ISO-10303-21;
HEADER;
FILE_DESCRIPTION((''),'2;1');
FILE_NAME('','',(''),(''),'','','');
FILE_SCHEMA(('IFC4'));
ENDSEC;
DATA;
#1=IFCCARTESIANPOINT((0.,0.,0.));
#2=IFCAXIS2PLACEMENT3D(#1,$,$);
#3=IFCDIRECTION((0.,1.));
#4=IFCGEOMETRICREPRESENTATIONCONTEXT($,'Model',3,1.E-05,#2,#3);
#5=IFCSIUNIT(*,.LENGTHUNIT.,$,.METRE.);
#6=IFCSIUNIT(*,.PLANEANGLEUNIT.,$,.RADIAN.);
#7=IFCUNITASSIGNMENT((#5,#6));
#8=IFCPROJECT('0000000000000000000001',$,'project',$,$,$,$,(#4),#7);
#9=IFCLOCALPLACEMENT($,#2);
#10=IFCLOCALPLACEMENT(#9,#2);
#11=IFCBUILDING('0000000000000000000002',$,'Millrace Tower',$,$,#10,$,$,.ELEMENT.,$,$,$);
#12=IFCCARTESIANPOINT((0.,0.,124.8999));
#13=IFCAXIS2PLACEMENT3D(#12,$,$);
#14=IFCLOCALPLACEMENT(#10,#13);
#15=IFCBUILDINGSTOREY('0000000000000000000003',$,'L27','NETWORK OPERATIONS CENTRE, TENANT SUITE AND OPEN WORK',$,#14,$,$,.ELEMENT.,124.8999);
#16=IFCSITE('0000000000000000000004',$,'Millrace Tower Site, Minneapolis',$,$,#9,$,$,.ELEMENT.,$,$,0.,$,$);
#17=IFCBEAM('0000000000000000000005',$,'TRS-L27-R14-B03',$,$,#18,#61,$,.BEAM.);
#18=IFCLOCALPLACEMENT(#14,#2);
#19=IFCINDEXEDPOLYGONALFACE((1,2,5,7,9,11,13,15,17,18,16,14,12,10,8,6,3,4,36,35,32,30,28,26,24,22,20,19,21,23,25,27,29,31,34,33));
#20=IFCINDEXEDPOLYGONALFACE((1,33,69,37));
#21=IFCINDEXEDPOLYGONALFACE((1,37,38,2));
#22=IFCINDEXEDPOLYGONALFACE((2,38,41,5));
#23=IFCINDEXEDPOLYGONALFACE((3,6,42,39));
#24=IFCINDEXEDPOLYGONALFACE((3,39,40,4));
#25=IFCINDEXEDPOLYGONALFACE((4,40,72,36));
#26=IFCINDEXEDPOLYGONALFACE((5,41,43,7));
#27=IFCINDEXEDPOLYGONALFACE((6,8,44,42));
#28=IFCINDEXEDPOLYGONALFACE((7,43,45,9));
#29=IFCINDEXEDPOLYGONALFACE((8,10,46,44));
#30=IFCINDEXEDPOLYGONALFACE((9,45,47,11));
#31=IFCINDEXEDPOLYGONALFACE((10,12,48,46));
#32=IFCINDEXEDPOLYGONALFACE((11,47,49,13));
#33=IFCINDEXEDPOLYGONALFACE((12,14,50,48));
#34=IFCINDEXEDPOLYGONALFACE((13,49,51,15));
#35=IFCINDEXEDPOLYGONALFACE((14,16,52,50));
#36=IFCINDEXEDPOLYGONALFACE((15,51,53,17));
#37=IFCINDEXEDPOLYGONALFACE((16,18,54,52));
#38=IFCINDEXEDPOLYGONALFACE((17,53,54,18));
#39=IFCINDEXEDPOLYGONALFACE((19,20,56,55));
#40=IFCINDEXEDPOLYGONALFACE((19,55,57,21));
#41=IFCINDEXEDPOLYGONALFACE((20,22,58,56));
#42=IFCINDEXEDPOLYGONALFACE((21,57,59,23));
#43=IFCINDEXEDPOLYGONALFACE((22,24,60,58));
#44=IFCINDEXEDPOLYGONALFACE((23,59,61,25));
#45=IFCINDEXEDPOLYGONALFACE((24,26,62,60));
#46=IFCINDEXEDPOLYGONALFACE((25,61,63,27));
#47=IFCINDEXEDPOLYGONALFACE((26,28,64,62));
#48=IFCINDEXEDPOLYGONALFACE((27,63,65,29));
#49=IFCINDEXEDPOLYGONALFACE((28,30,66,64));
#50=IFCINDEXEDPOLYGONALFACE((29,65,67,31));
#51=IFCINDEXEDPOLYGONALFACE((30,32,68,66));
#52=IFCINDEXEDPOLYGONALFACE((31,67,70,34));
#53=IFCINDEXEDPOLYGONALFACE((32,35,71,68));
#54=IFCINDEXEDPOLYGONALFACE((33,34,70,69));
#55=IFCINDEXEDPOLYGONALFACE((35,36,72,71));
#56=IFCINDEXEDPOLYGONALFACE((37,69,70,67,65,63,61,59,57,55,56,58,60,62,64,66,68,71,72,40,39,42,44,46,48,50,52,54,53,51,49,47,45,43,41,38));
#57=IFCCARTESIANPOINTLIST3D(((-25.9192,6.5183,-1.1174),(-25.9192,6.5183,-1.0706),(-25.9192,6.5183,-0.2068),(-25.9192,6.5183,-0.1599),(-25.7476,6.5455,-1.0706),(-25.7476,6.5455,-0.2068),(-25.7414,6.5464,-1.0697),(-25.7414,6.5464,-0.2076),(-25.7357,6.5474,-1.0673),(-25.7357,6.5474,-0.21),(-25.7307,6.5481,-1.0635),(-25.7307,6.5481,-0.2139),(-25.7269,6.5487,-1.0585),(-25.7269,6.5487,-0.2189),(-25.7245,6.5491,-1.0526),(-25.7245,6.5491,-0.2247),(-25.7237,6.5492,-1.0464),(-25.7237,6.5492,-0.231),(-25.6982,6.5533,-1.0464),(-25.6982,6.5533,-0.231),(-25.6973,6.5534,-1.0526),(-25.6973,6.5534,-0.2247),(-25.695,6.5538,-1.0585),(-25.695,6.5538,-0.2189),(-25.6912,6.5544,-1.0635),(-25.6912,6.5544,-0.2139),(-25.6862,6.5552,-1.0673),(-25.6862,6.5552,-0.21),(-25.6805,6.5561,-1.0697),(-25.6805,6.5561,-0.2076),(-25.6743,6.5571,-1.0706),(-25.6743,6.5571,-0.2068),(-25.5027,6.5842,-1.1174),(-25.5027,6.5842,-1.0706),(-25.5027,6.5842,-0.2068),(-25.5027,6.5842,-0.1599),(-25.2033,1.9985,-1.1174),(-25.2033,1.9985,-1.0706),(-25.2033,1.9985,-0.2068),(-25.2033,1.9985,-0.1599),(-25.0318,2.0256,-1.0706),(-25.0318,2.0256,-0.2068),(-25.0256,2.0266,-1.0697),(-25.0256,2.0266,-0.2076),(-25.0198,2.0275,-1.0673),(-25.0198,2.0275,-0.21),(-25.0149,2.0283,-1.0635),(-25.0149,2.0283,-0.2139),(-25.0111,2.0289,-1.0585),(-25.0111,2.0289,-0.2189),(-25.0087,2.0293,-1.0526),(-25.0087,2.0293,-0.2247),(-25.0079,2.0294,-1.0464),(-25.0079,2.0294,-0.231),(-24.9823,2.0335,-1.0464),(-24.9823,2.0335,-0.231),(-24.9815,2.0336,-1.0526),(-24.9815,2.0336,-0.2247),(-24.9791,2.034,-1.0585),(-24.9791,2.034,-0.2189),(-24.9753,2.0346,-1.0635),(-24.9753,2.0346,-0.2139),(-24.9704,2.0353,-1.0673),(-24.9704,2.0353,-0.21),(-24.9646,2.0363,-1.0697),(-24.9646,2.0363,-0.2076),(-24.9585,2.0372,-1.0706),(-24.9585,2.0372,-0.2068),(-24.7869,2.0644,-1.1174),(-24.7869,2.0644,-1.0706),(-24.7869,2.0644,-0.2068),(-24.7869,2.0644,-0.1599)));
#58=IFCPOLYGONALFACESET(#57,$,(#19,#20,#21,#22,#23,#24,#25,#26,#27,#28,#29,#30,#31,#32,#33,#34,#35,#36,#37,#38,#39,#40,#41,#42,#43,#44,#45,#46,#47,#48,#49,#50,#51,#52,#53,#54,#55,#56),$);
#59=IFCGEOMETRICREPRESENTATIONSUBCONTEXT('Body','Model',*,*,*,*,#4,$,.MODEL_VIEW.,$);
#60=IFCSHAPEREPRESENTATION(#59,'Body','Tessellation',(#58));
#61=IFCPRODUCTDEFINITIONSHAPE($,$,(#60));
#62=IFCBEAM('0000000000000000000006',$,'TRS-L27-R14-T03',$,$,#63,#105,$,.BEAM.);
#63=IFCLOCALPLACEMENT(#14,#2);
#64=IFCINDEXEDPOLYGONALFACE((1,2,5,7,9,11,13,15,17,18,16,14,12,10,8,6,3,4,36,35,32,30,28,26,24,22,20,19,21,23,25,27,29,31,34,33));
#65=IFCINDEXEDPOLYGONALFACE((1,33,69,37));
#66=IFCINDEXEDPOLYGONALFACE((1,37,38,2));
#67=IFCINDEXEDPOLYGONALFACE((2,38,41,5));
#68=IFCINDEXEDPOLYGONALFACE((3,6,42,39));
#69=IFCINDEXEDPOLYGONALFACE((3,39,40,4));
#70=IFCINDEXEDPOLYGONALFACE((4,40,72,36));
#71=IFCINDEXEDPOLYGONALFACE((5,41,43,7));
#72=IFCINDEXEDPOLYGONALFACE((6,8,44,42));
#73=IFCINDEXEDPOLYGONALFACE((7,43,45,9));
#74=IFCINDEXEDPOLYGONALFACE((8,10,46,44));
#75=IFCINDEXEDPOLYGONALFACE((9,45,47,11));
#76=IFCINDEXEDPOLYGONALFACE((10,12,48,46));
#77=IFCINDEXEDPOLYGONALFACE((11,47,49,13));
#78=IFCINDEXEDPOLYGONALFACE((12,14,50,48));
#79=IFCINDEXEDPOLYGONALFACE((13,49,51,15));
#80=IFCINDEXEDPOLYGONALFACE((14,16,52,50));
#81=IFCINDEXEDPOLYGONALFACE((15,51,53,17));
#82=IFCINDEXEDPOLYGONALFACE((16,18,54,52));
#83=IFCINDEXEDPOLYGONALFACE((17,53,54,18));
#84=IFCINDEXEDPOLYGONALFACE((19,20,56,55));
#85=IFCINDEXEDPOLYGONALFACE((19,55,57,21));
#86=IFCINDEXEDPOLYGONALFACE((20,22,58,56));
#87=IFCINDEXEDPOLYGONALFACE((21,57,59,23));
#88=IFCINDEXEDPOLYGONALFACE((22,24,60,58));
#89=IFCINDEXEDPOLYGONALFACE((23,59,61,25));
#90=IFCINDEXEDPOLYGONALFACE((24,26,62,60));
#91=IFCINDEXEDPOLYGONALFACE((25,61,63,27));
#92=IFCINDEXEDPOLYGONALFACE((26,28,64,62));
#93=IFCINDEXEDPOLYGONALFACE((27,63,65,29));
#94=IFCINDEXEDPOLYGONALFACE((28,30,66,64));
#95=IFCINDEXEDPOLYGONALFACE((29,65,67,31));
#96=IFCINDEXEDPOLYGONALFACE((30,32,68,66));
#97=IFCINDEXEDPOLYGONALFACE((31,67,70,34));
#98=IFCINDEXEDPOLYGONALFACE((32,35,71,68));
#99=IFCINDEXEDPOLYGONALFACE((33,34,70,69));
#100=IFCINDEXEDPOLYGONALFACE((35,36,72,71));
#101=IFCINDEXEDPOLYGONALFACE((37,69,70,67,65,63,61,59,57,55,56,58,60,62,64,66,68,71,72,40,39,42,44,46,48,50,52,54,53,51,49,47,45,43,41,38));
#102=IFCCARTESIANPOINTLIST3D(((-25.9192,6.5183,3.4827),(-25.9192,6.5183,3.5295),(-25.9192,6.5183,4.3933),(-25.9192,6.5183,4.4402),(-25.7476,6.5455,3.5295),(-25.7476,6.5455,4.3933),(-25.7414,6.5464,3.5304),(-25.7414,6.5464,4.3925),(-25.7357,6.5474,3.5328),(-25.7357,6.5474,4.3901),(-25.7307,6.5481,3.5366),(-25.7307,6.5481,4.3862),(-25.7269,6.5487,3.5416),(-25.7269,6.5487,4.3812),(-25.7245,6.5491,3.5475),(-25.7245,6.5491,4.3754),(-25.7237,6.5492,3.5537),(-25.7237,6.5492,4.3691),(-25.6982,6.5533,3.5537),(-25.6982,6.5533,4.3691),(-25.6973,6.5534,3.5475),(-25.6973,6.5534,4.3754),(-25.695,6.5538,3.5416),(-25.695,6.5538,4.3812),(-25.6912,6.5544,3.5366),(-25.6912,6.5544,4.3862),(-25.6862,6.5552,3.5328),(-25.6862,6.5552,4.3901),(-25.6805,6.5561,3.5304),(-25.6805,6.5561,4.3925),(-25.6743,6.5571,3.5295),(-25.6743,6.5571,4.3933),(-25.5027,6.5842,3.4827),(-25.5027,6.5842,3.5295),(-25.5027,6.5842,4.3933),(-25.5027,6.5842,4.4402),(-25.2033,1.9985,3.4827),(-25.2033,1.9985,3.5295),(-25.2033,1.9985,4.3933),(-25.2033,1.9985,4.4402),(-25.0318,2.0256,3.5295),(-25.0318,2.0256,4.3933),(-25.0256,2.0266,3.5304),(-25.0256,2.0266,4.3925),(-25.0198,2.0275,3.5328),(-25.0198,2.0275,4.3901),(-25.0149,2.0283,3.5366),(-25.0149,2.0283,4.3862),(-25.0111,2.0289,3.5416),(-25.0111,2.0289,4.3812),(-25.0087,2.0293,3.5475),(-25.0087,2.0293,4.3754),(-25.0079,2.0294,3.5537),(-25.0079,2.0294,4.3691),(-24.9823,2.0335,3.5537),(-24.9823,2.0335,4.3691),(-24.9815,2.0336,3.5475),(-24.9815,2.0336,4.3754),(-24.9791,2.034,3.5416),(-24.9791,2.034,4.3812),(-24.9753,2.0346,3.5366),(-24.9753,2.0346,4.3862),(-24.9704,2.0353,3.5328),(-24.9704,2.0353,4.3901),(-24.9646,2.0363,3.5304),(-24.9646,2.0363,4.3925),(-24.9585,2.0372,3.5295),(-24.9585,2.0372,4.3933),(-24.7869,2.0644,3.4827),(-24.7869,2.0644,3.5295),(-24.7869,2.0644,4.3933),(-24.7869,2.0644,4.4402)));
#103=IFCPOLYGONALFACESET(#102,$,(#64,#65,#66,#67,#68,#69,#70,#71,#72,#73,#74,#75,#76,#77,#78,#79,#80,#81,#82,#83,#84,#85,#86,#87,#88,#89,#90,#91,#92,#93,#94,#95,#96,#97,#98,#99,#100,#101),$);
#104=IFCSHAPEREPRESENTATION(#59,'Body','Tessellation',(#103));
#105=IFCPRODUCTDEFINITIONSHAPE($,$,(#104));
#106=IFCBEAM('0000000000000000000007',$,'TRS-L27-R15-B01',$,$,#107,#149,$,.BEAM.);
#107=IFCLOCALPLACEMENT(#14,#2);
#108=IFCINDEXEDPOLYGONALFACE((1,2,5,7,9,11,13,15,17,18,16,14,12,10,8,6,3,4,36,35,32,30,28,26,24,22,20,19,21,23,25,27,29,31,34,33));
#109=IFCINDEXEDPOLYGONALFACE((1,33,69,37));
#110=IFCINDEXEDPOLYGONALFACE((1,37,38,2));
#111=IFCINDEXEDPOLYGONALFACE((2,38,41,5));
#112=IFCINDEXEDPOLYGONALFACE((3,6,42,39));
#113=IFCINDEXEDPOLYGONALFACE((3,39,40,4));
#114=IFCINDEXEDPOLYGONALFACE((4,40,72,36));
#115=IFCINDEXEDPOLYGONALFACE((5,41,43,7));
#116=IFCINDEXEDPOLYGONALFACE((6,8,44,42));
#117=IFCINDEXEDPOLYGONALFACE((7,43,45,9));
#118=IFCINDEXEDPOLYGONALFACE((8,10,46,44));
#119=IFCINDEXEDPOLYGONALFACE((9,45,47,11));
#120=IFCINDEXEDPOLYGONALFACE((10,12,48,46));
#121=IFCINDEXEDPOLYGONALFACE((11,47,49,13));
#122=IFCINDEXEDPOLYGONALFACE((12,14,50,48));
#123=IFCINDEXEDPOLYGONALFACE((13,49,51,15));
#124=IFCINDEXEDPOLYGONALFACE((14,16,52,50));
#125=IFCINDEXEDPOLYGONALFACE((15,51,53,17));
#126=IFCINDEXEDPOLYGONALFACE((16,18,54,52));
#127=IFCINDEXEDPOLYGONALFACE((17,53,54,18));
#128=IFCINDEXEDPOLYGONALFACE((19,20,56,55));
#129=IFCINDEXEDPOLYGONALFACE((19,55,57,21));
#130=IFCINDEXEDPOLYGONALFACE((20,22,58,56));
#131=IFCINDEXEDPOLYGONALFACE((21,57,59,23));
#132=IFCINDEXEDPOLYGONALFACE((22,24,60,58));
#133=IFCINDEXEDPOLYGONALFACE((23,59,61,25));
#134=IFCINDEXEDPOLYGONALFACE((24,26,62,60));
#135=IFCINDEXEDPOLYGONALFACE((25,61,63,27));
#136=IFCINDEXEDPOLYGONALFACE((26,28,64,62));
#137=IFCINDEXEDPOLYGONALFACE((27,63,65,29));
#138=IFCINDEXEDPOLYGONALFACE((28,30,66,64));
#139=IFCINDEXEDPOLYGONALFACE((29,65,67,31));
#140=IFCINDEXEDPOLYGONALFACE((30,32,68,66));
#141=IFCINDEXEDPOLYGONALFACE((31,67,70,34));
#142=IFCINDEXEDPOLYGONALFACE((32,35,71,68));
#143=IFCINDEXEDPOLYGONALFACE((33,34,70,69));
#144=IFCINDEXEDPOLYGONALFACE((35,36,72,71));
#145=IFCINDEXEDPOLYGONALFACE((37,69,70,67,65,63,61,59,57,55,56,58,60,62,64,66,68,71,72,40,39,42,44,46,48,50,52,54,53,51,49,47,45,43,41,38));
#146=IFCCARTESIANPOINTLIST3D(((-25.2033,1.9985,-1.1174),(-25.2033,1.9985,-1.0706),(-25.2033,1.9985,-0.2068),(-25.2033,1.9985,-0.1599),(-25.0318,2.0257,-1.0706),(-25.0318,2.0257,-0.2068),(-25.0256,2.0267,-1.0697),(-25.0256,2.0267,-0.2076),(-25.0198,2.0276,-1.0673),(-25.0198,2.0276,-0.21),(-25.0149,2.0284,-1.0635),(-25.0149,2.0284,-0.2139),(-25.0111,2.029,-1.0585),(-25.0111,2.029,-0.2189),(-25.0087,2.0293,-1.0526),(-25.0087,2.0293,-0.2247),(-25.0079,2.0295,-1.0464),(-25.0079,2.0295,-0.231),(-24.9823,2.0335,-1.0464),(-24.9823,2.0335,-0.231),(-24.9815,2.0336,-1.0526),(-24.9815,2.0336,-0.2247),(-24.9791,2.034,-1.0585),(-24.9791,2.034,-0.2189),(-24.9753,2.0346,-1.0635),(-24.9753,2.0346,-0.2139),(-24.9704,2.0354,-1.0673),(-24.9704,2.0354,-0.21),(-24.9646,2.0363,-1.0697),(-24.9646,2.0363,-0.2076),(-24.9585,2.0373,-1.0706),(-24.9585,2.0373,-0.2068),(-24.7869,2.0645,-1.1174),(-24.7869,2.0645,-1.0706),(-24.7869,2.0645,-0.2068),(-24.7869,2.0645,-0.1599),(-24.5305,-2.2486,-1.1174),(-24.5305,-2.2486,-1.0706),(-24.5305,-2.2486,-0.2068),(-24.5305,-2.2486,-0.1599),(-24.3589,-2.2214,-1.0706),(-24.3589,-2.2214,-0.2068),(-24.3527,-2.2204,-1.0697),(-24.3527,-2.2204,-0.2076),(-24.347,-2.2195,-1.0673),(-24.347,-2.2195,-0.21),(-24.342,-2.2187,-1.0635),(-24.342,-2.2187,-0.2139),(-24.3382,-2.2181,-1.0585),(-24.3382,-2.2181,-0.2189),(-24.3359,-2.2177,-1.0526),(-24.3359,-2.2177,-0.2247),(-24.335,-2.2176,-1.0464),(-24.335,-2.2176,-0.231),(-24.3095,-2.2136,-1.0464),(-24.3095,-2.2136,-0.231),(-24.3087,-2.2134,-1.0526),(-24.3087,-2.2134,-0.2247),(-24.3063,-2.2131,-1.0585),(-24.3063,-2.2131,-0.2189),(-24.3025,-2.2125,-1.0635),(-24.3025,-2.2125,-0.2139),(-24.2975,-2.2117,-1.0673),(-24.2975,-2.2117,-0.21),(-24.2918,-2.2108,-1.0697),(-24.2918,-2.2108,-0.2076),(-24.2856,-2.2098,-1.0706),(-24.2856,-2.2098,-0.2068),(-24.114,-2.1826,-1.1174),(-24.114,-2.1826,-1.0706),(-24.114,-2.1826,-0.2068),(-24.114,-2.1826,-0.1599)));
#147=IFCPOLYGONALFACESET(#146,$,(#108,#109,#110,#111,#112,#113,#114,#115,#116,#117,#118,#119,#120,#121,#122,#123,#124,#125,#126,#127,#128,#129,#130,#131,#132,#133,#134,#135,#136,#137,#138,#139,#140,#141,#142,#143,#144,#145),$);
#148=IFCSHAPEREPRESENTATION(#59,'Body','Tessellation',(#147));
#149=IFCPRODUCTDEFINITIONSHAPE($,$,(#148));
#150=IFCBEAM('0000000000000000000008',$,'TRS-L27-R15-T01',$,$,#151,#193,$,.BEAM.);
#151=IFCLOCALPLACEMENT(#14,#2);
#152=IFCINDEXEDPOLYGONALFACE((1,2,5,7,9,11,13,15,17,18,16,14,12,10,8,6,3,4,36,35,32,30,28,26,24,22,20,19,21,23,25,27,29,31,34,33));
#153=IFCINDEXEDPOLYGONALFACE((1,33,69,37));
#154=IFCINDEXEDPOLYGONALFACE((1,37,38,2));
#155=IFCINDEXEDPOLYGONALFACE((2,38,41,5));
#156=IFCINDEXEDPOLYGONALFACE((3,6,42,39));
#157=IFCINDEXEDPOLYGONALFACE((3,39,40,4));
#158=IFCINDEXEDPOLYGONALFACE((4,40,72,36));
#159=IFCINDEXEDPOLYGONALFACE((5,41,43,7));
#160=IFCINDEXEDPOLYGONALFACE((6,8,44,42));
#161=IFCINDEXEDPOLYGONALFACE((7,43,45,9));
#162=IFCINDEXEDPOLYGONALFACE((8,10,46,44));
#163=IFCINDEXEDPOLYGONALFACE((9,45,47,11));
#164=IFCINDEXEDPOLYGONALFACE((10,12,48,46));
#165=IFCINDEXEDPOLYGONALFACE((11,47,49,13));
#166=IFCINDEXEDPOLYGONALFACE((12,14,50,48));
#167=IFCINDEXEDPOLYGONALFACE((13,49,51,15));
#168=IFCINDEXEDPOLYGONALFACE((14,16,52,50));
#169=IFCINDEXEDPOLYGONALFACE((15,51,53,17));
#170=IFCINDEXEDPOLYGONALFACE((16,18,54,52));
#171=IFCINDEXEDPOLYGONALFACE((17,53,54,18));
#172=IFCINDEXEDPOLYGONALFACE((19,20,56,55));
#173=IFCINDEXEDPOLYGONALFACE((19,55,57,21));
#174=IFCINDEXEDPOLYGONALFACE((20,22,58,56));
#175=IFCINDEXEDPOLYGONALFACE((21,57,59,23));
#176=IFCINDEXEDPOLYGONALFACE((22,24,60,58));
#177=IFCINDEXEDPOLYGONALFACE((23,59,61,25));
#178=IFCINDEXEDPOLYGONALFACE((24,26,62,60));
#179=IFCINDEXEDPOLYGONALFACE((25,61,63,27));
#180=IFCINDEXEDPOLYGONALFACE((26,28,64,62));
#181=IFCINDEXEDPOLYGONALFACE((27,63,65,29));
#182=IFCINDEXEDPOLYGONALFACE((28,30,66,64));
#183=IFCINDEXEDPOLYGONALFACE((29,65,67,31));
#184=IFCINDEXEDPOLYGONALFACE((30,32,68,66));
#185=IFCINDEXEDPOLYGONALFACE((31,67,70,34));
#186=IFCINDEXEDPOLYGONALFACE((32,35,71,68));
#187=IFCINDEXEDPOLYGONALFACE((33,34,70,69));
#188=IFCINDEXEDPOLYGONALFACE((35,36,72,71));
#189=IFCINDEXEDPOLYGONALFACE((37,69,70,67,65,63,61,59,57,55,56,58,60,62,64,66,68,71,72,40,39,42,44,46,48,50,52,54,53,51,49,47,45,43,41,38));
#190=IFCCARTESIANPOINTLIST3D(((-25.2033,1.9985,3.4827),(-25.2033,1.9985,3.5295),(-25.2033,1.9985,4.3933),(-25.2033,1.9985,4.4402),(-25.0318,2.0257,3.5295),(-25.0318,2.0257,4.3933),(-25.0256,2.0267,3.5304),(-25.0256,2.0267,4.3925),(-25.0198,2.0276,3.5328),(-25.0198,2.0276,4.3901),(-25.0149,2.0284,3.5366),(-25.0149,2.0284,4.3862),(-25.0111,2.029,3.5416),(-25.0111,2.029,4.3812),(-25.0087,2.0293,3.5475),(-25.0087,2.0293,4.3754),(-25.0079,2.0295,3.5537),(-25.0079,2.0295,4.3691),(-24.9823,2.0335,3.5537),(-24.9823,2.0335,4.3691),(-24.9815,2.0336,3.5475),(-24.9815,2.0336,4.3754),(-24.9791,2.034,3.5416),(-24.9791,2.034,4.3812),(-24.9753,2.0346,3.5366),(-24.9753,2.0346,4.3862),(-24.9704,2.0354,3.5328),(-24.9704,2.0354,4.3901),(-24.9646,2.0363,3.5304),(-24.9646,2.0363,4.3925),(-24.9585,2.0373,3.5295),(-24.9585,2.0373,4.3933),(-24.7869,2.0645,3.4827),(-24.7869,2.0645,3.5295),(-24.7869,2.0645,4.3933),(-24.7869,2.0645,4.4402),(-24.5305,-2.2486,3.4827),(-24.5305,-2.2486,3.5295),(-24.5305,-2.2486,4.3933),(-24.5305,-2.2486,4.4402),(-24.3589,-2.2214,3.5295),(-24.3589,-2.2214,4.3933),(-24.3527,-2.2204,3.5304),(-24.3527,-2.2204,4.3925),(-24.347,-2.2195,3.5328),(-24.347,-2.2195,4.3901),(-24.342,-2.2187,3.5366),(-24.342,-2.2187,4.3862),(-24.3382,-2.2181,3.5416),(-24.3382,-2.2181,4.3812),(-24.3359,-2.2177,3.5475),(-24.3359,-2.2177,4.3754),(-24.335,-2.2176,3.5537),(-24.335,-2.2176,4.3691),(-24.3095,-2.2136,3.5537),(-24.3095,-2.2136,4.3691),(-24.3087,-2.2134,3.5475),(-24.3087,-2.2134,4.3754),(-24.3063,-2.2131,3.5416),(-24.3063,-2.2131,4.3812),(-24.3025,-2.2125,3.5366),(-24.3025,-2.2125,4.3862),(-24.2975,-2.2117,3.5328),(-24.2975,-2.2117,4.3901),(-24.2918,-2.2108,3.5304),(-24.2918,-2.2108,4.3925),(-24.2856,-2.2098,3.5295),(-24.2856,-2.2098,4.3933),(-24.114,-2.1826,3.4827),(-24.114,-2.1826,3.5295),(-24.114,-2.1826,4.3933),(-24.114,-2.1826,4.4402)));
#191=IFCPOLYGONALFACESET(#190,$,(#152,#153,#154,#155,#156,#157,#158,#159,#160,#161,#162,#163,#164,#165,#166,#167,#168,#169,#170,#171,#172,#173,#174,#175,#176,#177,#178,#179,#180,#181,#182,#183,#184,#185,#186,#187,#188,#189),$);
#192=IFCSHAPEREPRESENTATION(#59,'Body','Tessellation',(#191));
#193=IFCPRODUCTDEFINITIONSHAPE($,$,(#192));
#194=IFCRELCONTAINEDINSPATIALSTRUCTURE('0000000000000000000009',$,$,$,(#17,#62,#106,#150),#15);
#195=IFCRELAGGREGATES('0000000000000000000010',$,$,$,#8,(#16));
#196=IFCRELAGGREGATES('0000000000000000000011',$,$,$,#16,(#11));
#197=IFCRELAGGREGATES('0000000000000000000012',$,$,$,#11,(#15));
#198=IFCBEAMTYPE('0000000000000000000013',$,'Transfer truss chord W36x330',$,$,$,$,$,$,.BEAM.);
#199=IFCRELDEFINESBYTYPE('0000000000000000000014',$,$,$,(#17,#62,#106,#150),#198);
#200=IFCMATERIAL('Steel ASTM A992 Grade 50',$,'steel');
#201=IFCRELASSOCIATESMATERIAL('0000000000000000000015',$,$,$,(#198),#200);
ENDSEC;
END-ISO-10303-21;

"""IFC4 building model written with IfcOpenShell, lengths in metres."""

from ifc_helpers import new_model, si_unit, direction, frame, origin, origin_2d, place, context, subcontext, project, spatial, i_section, extrude, material, material_profile, profile_set, type_object, element, save


model = new_model("IFC4")

# Units and contexts
model_context = context("Model", 3, precision=1e-05, world=origin(), true_north=direction((0.0, 1.0)))
body_context = subcontext(model_context, "Body", "Model", "MODEL_VIEW")
ifc_project = project(units=[si_unit("LENGTHUNIT", "METRE"), si_unit("PLANEANGLEUNIT", "RADIAN")], contexts=[model_context])

# Site, building, storey
site_placement = place(None, origin())
site = spatial("IfcSite", under=ifc_project, at=site_placement, Name="Millrace Tower Site, Minneapolis", CompositionType="ELEMENT", RefElevation=0.0)
building_placement = place(site_placement, origin())
building = spatial("IfcBuilding", under=site, at=building_placement, Name="Millrace Tower", CompositionType="ELEMENT")
storey_placement = place(building_placement, frame((0.0, 0.0, 124.8999)))
storey = spatial("IfcBuildingStorey", under=building, at=storey_placement, Name="L27", Description="NETWORK OPERATIONS CENTRE, TENANT SUITE AND OPEN WORK", CompositionType="ELEMENT", Elevation=124.8999)

# Beams
ifc_material_1 = material(Name="Steel ASTM A992 Grade 50", Category="steel")
ifc_material_profile_1 = material_profile(ifc_material_1, i_section(OverallWidth=0.4216, OverallDepth=0.9575, WebThickness=0.0259, FlangeThickness=0.0469, FilletRadius=0.0242, at=origin_2d()))
ifc_profile_set_1 = profile_set([ifc_material_profile_1], Name="Steel ASTM A992 Grade 50")
beam_type_1 = type_object("IfcBeamType", Name="Transfer truss chord W36x330", PredefinedType="BEAM", material=ifc_profile_set_1)
for number, where, z_axis, x_axis, name in (
    (1, (-25.7109, 6.5513, -0.6387), (0.156426, -0.98769, 0.0), (0.98769, 0.156426, 0.0), "TRS-L27-R14-B03"),
    (2, (-25.7109, 6.5513, 3.9614), (0.156426, -0.98769, 0.0), (0.98769, 0.156426, 0.0), "TRS-L27-R14-T03"),
):
    element("IfcBeam", number, at=place(storey_placement, frame(where, z_axis=z_axis, x_axis=x_axis)), inside=storey, type_object=beam_type_1, Name=name, PredefinedType="BEAM", context=body_context, shape_type="SweptSolid", body=[
        extrude(i_section(OverallWidth=0.4216, OverallDepth=0.9575, WebThickness=0.0259, FlangeThickness=0.0469, FilletRadius=0.0242, at=origin_2d()), origin(), (0.0, 0.0, 1.0), 4.5762),
    ])
for number, where, z_axis, x_axis, name in (
    (3, (-24.9951, 2.0315, -0.6387), (0.156476, -0.987682, 0.0), (0.987682, 0.156476, 0.0), "TRS-L27-R15-B01"),
    (4, (-24.9951, 2.0315, 3.9614), (0.156476, -0.987682, 0.0), (0.987682, 0.156476, 0.0), "TRS-L27-R15-T01"),
):
    element("IfcBeam", number, at=place(storey_placement, frame(where, z_axis=z_axis, x_axis=x_axis)), inside=storey, type_object=beam_type_1, Name=name, PredefinedType="BEAM", context=body_context, shape_type="SweptSolid", body=[
        extrude(i_section(OverallWidth=0.4216, OverallDepth=0.9575, WebThickness=0.0259, FlangeThickness=0.0469, FilletRadius=0.0242, at=origin_2d()), origin(), (0.0, 0.0, 1.0), 4.3),
    ])

save(model, "model.ifc")
